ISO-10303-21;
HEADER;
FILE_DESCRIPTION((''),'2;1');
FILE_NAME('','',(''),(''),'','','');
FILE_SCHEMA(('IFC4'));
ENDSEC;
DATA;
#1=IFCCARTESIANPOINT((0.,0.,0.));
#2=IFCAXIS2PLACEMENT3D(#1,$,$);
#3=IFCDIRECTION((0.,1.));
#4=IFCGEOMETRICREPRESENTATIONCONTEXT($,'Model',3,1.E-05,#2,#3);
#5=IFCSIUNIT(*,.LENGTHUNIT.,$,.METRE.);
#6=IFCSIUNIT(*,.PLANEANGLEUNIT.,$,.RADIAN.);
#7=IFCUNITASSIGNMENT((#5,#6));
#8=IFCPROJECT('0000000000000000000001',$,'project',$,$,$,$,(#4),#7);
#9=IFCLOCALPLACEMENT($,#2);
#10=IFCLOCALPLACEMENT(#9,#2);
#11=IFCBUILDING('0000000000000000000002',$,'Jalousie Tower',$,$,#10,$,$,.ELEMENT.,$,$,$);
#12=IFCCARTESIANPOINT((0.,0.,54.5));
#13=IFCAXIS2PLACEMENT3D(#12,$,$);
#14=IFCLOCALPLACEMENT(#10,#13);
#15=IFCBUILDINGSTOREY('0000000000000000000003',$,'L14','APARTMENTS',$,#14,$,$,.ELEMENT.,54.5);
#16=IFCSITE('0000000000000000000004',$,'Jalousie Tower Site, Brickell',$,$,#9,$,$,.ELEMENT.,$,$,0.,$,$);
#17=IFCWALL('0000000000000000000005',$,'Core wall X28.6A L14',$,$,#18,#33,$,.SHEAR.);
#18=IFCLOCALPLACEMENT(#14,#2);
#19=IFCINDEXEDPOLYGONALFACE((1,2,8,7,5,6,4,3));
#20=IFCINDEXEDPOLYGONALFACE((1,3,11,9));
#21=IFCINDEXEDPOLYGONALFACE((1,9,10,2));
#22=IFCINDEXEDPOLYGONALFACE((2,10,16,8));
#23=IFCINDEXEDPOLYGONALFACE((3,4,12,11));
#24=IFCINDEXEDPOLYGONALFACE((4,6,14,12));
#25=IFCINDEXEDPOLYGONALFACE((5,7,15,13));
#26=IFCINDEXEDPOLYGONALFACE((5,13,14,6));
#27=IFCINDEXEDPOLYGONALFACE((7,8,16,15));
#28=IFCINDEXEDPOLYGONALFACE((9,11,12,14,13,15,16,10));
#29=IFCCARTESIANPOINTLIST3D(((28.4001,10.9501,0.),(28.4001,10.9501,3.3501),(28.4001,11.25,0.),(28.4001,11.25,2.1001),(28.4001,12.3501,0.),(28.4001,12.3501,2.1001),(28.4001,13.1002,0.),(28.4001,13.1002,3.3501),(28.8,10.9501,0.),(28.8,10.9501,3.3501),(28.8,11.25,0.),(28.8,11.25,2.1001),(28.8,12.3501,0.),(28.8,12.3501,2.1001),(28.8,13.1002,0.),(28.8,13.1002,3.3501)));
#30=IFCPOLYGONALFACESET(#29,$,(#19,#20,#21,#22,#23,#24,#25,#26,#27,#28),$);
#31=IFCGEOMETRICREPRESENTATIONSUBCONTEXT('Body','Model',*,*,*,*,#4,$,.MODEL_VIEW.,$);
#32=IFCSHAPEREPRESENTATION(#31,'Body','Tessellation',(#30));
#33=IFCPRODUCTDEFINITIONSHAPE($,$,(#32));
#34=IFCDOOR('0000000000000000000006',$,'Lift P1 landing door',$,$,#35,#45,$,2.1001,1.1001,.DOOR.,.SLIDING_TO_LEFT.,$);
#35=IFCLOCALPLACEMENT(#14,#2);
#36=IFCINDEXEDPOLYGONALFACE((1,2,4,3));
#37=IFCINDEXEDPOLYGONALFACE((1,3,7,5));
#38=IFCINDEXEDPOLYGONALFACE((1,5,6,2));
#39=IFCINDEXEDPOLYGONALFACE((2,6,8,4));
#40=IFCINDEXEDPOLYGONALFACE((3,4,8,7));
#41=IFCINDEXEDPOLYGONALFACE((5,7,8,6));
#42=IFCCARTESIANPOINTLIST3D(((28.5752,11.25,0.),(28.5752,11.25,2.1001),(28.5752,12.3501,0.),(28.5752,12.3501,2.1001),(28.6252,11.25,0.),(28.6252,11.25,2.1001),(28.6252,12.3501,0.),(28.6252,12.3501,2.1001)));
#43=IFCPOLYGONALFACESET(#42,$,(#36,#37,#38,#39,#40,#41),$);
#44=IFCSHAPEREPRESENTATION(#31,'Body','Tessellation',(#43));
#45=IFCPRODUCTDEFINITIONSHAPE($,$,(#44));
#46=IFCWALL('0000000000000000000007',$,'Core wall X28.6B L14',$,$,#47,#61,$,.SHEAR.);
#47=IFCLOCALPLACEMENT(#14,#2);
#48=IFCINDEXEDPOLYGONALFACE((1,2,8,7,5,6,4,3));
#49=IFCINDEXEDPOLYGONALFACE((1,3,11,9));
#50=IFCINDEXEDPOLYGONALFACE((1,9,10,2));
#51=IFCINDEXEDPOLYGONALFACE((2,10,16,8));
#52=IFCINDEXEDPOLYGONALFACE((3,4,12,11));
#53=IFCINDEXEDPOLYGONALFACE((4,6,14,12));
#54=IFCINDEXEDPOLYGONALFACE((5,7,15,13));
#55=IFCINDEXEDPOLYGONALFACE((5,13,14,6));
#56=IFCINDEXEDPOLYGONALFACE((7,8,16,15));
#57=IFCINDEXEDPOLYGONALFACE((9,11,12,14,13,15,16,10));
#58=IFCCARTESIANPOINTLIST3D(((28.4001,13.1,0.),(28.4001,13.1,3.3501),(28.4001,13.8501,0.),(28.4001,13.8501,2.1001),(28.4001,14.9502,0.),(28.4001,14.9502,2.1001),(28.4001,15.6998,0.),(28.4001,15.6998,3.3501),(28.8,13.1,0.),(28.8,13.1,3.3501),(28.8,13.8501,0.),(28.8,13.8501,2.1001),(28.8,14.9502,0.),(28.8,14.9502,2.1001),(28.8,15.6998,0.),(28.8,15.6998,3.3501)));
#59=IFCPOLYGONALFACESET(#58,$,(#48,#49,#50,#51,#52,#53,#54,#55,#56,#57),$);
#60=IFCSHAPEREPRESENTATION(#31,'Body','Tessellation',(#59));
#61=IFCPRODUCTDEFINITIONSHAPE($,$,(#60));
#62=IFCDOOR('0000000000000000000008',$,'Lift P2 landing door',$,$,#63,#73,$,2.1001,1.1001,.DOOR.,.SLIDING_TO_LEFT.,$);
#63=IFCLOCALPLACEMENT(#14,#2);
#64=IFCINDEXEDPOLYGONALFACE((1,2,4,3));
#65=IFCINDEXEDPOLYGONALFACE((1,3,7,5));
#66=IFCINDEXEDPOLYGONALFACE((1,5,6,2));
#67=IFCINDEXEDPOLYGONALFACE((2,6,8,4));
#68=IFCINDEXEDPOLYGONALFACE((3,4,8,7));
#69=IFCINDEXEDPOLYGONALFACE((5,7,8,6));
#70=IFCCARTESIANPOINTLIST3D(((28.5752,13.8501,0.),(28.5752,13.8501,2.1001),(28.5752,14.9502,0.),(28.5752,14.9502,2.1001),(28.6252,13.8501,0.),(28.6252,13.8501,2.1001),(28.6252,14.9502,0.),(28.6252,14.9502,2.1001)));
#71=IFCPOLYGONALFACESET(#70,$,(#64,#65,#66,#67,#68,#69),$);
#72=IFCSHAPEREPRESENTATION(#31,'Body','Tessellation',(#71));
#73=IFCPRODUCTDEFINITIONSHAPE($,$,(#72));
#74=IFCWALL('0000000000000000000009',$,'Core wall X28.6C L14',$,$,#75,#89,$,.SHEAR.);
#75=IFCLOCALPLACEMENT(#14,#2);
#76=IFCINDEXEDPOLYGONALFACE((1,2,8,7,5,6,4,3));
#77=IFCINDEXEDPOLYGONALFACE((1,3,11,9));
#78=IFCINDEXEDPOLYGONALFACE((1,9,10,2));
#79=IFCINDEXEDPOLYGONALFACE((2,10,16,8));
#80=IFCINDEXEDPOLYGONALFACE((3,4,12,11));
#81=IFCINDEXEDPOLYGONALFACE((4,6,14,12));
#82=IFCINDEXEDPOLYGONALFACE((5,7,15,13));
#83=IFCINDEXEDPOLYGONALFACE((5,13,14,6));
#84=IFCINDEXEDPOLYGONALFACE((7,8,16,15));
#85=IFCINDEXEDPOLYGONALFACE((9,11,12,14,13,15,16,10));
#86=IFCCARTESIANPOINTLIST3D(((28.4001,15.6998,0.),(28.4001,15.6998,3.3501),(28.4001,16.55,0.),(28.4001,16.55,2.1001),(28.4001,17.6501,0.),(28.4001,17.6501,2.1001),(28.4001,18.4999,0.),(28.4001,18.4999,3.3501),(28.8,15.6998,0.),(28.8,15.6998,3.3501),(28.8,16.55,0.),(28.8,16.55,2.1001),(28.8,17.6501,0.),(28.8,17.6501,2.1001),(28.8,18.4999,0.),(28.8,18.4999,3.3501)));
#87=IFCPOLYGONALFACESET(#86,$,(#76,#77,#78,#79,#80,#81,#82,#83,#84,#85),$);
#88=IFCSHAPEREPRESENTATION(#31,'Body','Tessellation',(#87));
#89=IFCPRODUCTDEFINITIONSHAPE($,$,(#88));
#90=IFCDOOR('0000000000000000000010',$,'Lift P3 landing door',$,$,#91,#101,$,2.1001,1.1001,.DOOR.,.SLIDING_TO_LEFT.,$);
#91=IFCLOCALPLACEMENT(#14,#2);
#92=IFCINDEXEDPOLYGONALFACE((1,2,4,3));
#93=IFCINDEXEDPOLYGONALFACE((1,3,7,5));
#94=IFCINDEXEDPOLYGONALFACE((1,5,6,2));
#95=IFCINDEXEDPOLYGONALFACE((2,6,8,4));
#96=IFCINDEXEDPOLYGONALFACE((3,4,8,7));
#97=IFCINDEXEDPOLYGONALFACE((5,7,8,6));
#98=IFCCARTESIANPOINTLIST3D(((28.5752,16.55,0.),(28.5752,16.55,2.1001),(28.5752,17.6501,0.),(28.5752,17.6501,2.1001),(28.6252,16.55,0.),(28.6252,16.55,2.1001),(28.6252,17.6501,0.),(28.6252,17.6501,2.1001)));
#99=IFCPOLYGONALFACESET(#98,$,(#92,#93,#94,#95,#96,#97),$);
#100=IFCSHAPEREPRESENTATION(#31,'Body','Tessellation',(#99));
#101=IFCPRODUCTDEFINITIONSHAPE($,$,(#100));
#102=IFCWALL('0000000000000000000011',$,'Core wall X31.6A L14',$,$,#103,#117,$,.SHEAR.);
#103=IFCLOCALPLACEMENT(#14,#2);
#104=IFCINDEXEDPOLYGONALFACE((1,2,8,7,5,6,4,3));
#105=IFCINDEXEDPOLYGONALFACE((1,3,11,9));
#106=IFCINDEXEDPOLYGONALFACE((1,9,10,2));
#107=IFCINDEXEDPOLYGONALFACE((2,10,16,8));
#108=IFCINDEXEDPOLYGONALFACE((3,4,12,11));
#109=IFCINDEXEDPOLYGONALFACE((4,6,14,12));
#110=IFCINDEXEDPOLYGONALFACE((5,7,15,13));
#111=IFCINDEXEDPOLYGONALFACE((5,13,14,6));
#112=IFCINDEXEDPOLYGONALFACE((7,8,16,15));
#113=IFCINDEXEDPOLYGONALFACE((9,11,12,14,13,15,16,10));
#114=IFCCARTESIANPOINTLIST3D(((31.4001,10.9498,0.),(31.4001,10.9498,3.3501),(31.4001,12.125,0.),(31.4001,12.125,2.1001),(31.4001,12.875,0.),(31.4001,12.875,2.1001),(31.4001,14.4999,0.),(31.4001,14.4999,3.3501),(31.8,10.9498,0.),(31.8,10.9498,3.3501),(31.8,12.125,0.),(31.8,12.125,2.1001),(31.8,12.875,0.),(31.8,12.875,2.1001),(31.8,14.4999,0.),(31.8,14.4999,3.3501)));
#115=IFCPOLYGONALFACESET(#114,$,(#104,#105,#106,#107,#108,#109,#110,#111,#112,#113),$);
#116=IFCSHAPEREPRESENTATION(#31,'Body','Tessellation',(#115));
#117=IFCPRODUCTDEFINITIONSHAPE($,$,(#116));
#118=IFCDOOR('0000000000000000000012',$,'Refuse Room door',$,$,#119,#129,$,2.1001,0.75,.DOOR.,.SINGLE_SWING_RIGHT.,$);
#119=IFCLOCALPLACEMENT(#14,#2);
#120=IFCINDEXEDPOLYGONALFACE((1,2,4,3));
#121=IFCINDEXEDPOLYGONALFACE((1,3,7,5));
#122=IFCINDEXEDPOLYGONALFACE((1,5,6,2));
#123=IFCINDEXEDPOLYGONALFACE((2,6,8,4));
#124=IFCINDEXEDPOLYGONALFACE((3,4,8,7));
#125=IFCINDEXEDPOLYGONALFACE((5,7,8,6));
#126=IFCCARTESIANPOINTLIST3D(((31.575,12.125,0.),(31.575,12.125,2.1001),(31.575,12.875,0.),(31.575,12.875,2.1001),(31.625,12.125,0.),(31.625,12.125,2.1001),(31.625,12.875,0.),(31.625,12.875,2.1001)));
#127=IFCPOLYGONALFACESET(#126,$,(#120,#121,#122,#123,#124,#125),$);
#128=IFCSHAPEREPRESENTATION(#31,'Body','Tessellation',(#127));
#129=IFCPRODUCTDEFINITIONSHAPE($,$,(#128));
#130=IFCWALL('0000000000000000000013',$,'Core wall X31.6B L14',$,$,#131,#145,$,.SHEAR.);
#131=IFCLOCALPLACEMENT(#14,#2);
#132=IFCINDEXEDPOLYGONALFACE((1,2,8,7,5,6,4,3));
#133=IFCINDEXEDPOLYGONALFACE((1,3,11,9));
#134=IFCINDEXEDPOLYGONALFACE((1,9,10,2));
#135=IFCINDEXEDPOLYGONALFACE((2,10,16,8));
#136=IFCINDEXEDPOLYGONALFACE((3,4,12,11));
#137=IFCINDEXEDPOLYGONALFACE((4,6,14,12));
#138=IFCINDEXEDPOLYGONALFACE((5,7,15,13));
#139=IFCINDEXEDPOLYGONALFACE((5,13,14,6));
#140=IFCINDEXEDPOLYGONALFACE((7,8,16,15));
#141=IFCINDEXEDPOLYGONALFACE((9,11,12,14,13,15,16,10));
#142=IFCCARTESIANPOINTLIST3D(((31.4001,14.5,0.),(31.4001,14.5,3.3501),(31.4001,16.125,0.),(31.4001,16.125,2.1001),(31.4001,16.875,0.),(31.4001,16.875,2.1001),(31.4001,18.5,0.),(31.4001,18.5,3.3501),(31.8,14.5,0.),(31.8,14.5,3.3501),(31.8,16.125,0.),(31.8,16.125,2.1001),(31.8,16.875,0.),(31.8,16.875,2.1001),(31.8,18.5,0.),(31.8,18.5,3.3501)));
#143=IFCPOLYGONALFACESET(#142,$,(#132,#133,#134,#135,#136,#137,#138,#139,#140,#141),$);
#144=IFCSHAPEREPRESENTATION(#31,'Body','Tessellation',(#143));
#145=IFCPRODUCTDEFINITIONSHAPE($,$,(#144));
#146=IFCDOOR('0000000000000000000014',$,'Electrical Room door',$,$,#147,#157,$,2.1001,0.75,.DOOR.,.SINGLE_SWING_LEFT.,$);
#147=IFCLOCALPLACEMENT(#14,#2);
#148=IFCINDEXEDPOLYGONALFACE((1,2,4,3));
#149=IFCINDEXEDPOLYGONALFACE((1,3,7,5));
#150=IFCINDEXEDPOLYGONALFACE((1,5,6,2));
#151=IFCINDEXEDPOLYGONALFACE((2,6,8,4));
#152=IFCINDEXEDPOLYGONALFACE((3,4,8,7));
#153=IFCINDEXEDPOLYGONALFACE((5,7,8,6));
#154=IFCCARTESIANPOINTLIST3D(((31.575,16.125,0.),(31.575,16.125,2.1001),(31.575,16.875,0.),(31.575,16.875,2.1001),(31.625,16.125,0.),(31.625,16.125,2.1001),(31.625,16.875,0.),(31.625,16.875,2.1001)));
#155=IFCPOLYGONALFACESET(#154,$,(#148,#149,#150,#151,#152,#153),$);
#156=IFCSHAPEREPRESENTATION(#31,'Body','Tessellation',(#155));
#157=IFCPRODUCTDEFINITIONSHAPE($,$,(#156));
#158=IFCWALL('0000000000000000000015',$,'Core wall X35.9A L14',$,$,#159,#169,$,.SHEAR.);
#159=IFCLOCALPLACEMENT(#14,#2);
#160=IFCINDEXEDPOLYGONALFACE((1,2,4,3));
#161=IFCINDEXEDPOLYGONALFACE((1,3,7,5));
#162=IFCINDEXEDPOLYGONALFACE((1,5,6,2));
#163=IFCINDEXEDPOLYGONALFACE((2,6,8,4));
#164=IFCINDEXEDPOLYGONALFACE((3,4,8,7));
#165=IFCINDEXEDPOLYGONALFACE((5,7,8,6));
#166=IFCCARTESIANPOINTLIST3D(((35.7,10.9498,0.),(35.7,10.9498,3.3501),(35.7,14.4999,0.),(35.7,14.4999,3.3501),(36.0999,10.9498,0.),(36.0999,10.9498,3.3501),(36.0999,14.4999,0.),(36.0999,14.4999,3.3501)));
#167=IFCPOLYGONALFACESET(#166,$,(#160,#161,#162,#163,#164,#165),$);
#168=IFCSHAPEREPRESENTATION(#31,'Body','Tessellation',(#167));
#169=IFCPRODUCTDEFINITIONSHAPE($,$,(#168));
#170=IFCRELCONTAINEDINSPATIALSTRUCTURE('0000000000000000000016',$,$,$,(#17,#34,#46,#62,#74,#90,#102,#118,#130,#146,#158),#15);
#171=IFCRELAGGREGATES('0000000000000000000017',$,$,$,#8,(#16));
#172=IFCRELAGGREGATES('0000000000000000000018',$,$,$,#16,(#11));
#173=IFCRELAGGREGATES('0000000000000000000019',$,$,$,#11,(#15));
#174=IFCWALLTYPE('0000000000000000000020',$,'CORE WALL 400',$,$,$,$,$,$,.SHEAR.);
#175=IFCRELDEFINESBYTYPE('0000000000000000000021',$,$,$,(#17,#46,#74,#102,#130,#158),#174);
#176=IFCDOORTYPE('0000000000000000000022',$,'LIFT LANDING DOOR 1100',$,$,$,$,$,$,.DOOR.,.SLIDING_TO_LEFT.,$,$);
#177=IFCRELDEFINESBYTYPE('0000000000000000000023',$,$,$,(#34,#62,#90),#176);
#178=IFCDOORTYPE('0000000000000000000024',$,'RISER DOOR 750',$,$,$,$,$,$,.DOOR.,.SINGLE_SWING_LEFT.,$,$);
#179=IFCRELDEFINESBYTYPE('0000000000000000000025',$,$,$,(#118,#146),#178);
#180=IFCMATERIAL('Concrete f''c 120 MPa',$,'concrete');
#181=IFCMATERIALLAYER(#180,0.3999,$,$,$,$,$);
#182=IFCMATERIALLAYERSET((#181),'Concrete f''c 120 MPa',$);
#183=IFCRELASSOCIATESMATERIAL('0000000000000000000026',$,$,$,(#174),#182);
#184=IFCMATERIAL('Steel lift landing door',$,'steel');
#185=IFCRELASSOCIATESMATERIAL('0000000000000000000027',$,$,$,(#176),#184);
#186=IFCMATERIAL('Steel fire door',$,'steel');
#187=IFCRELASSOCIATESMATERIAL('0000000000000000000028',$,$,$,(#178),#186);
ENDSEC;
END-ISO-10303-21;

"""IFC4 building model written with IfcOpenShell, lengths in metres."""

from ifc_helpers import new_model, si_unit, direction, frame, frame_2d, origin, place, context, subcontext, project, spatial, rectangle, extrude, material, layer, layer_set, type_object, element, fill, save


model = new_model("IFC4")

# Units and contexts
model_context = context("Model", 3, precision=1e-05, world=origin(), true_north=direction((0.0, 1.0)))
body_context = subcontext(model_context, "Body", "Model", "MODEL_VIEW")
ifc_project = project(units=[si_unit("LENGTHUNIT", "METRE"), si_unit("PLANEANGLEUNIT", "RADIAN")], contexts=[model_context])

# Site, building, storey
site_placement = place(None, origin())
site = spatial("IfcSite", under=ifc_project, at=site_placement, Name="Jalousie Tower Site, Brickell", CompositionType="ELEMENT", RefElevation=0.0)
building_placement = place(site_placement, origin())
building = spatial("IfcBuilding", under=site, at=building_placement, Name="Jalousie Tower", CompositionType="ELEMENT")
storey_placement = place(building_placement, frame((0.0, 0.0, 54.5)))
storey = spatial("IfcBuildingStorey", under=building, at=storey_placement, Name="L14", Description="APARTMENTS", CompositionType="ELEMENT", Elevation=54.5)

# Walls, openings, doors
ifc_material_1 = material(Name="Concrete f'c 120 MPa", Category="concrete")
ifc_layer = layer(ifc_material_1, 0.3999)
ifc_layer_set = layer_set([ifc_layer], Name="Concrete f'c 120 MPa")
wall_type = type_object("IfcWallType", Name="CORE WALL 400", PredefinedType="SHEAR", material=ifc_layer_set)
wall_1_placement = place(storey_placement, frame((28.6001, 10.95, 0.0), z_axis=(0.0, 0.0, 1.0), x_axis=(0.0, 1.0, 0.0)))
wall_1 = element("IfcWall", 1, at=wall_1_placement, inside=storey, type_object=wall_type, Name="Core wall X28.6A L14", PredefinedType="SHEAR", context=body_context, shape_type="SweptSolid", body=[
    extrude(rectangle(XDim=2.1501, YDim=0.3999, at=frame_2d((1.0752, 0.0))), origin(), (0.0, 0.0, 1.0), 3.3501),
])
opening_1_placement = place(wall_1_placement, frame((0.3, 0.0, 0.0)))
opening_1 = element("IfcOpeningElement", 2, at=opening_1_placement, cuts=wall_1, PredefinedType="OPENING", context=body_context, shape_type="SweptSolid", body=[
    extrude(rectangle(XDim=1.1001, YDim=2.1001, at=frame_2d((0.55, 1.05))), frame((0.0, 0.21, 0.0), z_axis=(0.0, -1.0, 0.0), x_axis=(1.0, 0.0, 0.0)), (0.0, 0.0, 1.0), 0.4199),
])
ifc_material_2 = material(Name="Steel lift landing door", Category="steel")
door_type_1 = type_object("IfcDoorType", Name="LIFT LANDING DOOR 1100", OperationType="SLIDING_TO_LEFT", PredefinedType="DOOR", material=ifc_material_2)
door_1_placement = place(opening_1_placement, origin())
door_1 = element("IfcDoor", 3, at=door_1_placement, inside=storey, type_object=door_type_1, Name="Lift P1 landing door", OperationType="SLIDING_TO_LEFT", OverallHeight=2.1001, OverallWidth=1.1001, PredefinedType="DOOR", context=body_context, shape_type="SweptSolid", body=[
    extrude(rectangle(XDim=1.1001, YDim=2.1001, at=frame_2d((0.55, 1.05))), frame((0.0, 0.0249, 0.0), z_axis=(0.0, -1.0, 0.0), x_axis=(1.0, 0.0, 0.0)), (0.0, 0.0, 1.0), 0.05),
])
fill(opening_1, door_1)
wall_2_placement = place(storey_placement, frame((28.6001, 13.1001, 0.0), z_axis=(0.0, 0.0, 1.0), x_axis=(0.0, 1.0, 0.0)))
wall_2 = element("IfcWall", 4, at=wall_2_placement, inside=storey, type_object=wall_type, Name="Core wall X28.6B L14", PredefinedType="SHEAR", context=body_context, shape_type="SweptSolid", body=[
    extrude(rectangle(XDim=2.5999, YDim=0.3999, at=frame_2d((1.2998, 0.0))), origin(), (0.0, 0.0, 1.0), 3.3501),
])
opening_2_placement = place(wall_2_placement, frame((0.75, 0.0, 0.0)))
opening_2 = element("IfcOpeningElement", 5, at=opening_2_placement, cuts=wall_2, PredefinedType="OPENING", context=body_context, shape_type="SweptSolid", body=[
    extrude(rectangle(XDim=1.1001, YDim=2.1001, at=frame_2d((0.55, 1.05))), frame((0.0, 0.21, 0.0), z_axis=(0.0, -1.0, 0.0), x_axis=(1.0, 0.0, 0.0)), (0.0, 0.0, 1.0), 0.4199),
])
door_2_placement = place(opening_2_placement, origin())
door_2 = element("IfcDoor", 6, at=door_2_placement, inside=storey, type_object=door_type_1, Name="Lift P2 landing door", OperationType="SLIDING_TO_LEFT", OverallHeight=2.1001, OverallWidth=1.1001, PredefinedType="DOOR", context=body_context, shape_type="SweptSolid", body=[
    extrude(rectangle(XDim=1.1001, YDim=2.1001, at=frame_2d((0.55, 1.05))), frame((0.0, 0.0249, 0.0), z_axis=(0.0, -1.0, 0.0), x_axis=(1.0, 0.0, 0.0)), (0.0, 0.0, 1.0), 0.05),
])
fill(opening_2, door_2)
wall_3_placement = place(storey_placement, frame((28.6001, 15.7, 0.0), z_axis=(0.0, 0.0, 1.0), x_axis=(0.0, 1.0, 0.0)))
wall_3 = element("IfcWall", 7, at=wall_3_placement, inside=storey, type_object=wall_type, Name="Core wall X28.6C L14", PredefinedType="SHEAR", context=body_context, shape_type="SweptSolid", body=[
    extrude(rectangle(XDim=2.8, YDim=0.3999, at=frame_2d((1.3999, 0.0))), origin(), (0.0, 0.0, 1.0), 3.3501),
])
opening_3_placement = place(wall_3_placement, frame((0.8501, 0.0, 0.0)))
opening_3 = element("IfcOpeningElement", 8, at=opening_3_placement, cuts=wall_3, PredefinedType="OPENING", context=body_context, shape_type="SweptSolid", body=[
    extrude(rectangle(XDim=1.1001, YDim=2.1001, at=frame_2d((0.55, 1.05))), frame((0.0, 0.21, 0.0), z_axis=(0.0, -1.0, 0.0), x_axis=(1.0, 0.0, 0.0)), (0.0, 0.0, 1.0), 0.4199),
])
door_3_placement = place(opening_3_placement, origin())
door_3 = element("IfcDoor", 9, at=door_3_placement, inside=storey, type_object=door_type_1, Name="Lift P3 landing door", OperationType="SLIDING_TO_LEFT", OverallHeight=2.1001, OverallWidth=1.1001, PredefinedType="DOOR", context=body_context, shape_type="SweptSolid", body=[
    extrude(rectangle(XDim=1.1001, YDim=2.1001, at=frame_2d((0.55, 1.05))), frame((0.0, 0.0249, 0.0), z_axis=(0.0, -1.0, 0.0), x_axis=(1.0, 0.0, 0.0)), (0.0, 0.0, 1.0), 0.05),
])
fill(opening_3, door_3)
wall_4_placement = place(storey_placement, frame((31.6001, 10.95, 0.0), z_axis=(0.0, 0.0, 1.0), x_axis=(0.0, 1.0, 0.0)))
wall_4 = element("IfcWall", 10, at=wall_4_placement, inside=storey, type_object=wall_type, Name="Core wall X31.6A L14", PredefinedType="SHEAR", context=body_context, shape_type="SweptSolid", body=[
    extrude(rectangle(XDim=3.55, YDim=0.3999, at=frame_2d((1.7749, 0.0))), origin(), (0.0, 0.0, 1.0), 3.3501),
])
opening_4_placement = place(wall_4_placement, frame((1.175, 0.0, 0.0)))
opening_4 = element("IfcOpeningElement", 11, at=opening_4_placement, cuts=wall_4, PredefinedType="OPENING", context=body_context, shape_type="SweptSolid", body=[
    extrude(rectangle(XDim=0.75, YDim=2.1001, at=frame_2d((0.375, 1.05))), frame((0.0, 0.21, 0.0), z_axis=(0.0, -1.0, 0.0), x_axis=(1.0, 0.0, 0.0)), (0.0, 0.0, 1.0), 0.4199),
])
ifc_material_3 = material(Name="Steel fire door", Category="steel")
door_type_2 = type_object("IfcDoorType", Name="RISER DOOR 750", OperationType="SINGLE_SWING_LEFT", PredefinedType="DOOR", material=ifc_material_3)
door_4_placement = place(opening_4_placement, frame((0.75, 0.0, 0.0), z_axis=(0.0, 0.0, 1.0), x_axis=(-1.0, 0.0, 0.0)))
door_4 = element("IfcDoor", 12, at=door_4_placement, inside=storey, type_object=door_type_2, Name="Refuse Room door", OperationType="SINGLE_SWING_RIGHT", OverallHeight=2.1001, OverallWidth=0.75, PredefinedType="DOOR", context=body_context, shape_type="SweptSolid", body=[
    extrude(rectangle(XDim=0.75, YDim=2.1001, at=frame_2d((0.375, 1.05))), frame((0.0, 0.0249, 0.0), z_axis=(0.0, -1.0, 0.0), x_axis=(1.0, 0.0, 0.0)), (0.0, 0.0, 1.0), 0.05),
])
fill(opening_4, door_4)
wall_5_placement = place(storey_placement, frame((31.6001, 14.5, 0.0), z_axis=(0.0, 0.0, 1.0), x_axis=(0.0, 1.0, 0.0)))
wall_5 = element("IfcWall", 13, at=wall_5_placement, inside=storey, type_object=wall_type, Name="Core wall X31.6B L14", PredefinedType="SHEAR", context=body_context, shape_type="SweptSolid", body=[
    extrude(rectangle(XDim=4.0, YDim=0.3999, at=frame_2d((2.0, 0.0))), origin(), (0.0, 0.0, 1.0), 3.3501),
])
opening_5_placement = place(wall_5_placement, frame((1.625, 0.0, 0.0)))
opening_5 = element("IfcOpeningElement", 14, at=opening_5_placement, cuts=wall_5, PredefinedType="OPENING", context=body_context, shape_type="SweptSolid", body=[
    extrude(rectangle(XDim=0.75, YDim=2.1001, at=frame_2d((0.375, 1.05))), frame((0.0, 0.21, 0.0), z_axis=(0.0, -1.0, 0.0), x_axis=(1.0, 0.0, 0.0)), (0.0, 0.0, 1.0), 0.4199),
])
door_5_placement = place(opening_5_placement, frame((0.75, 0.0, 0.0), z_axis=(0.0, 0.0, 1.0), x_axis=(-1.0, 0.0, 0.0)))
door_5 = element("IfcDoor", 15, at=door_5_placement, inside=storey, type_object=door_type_2, Name="Electrical Room door", OperationType="SINGLE_SWING_LEFT", OverallHeight=2.1001, OverallWidth=0.75, PredefinedType="DOOR", context=body_context, shape_type="SweptSolid", body=[
    extrude(rectangle(XDim=0.75, YDim=2.1001, at=frame_2d((0.375, 1.05))), frame((0.0, 0.0249, 0.0), z_axis=(0.0, -1.0, 0.0), x_axis=(1.0, 0.0, 0.0)), (0.0, 0.0, 1.0), 0.05),
])
fill(opening_5, door_5)

# Wall
wall_6_placement = place(storey_placement, frame((35.8999, 10.95, 0.0), z_axis=(0.0, 0.0, 1.0), x_axis=(0.0, 1.0, 0.0)))
element("IfcWall", 16, at=wall_6_placement, inside=storey, type_object=wall_type, Name="Core wall X35.9A L14", PredefinedType="SHEAR", context=body_context, shape_type="SweptSolid", body=[
    extrude(rectangle(XDim=3.55, YDim=0.3999, at=frame_2d((1.7749, 0.0))), origin(), (0.0, 0.0, 1.0), 3.3501),
])

save(model, "model.ifc")
